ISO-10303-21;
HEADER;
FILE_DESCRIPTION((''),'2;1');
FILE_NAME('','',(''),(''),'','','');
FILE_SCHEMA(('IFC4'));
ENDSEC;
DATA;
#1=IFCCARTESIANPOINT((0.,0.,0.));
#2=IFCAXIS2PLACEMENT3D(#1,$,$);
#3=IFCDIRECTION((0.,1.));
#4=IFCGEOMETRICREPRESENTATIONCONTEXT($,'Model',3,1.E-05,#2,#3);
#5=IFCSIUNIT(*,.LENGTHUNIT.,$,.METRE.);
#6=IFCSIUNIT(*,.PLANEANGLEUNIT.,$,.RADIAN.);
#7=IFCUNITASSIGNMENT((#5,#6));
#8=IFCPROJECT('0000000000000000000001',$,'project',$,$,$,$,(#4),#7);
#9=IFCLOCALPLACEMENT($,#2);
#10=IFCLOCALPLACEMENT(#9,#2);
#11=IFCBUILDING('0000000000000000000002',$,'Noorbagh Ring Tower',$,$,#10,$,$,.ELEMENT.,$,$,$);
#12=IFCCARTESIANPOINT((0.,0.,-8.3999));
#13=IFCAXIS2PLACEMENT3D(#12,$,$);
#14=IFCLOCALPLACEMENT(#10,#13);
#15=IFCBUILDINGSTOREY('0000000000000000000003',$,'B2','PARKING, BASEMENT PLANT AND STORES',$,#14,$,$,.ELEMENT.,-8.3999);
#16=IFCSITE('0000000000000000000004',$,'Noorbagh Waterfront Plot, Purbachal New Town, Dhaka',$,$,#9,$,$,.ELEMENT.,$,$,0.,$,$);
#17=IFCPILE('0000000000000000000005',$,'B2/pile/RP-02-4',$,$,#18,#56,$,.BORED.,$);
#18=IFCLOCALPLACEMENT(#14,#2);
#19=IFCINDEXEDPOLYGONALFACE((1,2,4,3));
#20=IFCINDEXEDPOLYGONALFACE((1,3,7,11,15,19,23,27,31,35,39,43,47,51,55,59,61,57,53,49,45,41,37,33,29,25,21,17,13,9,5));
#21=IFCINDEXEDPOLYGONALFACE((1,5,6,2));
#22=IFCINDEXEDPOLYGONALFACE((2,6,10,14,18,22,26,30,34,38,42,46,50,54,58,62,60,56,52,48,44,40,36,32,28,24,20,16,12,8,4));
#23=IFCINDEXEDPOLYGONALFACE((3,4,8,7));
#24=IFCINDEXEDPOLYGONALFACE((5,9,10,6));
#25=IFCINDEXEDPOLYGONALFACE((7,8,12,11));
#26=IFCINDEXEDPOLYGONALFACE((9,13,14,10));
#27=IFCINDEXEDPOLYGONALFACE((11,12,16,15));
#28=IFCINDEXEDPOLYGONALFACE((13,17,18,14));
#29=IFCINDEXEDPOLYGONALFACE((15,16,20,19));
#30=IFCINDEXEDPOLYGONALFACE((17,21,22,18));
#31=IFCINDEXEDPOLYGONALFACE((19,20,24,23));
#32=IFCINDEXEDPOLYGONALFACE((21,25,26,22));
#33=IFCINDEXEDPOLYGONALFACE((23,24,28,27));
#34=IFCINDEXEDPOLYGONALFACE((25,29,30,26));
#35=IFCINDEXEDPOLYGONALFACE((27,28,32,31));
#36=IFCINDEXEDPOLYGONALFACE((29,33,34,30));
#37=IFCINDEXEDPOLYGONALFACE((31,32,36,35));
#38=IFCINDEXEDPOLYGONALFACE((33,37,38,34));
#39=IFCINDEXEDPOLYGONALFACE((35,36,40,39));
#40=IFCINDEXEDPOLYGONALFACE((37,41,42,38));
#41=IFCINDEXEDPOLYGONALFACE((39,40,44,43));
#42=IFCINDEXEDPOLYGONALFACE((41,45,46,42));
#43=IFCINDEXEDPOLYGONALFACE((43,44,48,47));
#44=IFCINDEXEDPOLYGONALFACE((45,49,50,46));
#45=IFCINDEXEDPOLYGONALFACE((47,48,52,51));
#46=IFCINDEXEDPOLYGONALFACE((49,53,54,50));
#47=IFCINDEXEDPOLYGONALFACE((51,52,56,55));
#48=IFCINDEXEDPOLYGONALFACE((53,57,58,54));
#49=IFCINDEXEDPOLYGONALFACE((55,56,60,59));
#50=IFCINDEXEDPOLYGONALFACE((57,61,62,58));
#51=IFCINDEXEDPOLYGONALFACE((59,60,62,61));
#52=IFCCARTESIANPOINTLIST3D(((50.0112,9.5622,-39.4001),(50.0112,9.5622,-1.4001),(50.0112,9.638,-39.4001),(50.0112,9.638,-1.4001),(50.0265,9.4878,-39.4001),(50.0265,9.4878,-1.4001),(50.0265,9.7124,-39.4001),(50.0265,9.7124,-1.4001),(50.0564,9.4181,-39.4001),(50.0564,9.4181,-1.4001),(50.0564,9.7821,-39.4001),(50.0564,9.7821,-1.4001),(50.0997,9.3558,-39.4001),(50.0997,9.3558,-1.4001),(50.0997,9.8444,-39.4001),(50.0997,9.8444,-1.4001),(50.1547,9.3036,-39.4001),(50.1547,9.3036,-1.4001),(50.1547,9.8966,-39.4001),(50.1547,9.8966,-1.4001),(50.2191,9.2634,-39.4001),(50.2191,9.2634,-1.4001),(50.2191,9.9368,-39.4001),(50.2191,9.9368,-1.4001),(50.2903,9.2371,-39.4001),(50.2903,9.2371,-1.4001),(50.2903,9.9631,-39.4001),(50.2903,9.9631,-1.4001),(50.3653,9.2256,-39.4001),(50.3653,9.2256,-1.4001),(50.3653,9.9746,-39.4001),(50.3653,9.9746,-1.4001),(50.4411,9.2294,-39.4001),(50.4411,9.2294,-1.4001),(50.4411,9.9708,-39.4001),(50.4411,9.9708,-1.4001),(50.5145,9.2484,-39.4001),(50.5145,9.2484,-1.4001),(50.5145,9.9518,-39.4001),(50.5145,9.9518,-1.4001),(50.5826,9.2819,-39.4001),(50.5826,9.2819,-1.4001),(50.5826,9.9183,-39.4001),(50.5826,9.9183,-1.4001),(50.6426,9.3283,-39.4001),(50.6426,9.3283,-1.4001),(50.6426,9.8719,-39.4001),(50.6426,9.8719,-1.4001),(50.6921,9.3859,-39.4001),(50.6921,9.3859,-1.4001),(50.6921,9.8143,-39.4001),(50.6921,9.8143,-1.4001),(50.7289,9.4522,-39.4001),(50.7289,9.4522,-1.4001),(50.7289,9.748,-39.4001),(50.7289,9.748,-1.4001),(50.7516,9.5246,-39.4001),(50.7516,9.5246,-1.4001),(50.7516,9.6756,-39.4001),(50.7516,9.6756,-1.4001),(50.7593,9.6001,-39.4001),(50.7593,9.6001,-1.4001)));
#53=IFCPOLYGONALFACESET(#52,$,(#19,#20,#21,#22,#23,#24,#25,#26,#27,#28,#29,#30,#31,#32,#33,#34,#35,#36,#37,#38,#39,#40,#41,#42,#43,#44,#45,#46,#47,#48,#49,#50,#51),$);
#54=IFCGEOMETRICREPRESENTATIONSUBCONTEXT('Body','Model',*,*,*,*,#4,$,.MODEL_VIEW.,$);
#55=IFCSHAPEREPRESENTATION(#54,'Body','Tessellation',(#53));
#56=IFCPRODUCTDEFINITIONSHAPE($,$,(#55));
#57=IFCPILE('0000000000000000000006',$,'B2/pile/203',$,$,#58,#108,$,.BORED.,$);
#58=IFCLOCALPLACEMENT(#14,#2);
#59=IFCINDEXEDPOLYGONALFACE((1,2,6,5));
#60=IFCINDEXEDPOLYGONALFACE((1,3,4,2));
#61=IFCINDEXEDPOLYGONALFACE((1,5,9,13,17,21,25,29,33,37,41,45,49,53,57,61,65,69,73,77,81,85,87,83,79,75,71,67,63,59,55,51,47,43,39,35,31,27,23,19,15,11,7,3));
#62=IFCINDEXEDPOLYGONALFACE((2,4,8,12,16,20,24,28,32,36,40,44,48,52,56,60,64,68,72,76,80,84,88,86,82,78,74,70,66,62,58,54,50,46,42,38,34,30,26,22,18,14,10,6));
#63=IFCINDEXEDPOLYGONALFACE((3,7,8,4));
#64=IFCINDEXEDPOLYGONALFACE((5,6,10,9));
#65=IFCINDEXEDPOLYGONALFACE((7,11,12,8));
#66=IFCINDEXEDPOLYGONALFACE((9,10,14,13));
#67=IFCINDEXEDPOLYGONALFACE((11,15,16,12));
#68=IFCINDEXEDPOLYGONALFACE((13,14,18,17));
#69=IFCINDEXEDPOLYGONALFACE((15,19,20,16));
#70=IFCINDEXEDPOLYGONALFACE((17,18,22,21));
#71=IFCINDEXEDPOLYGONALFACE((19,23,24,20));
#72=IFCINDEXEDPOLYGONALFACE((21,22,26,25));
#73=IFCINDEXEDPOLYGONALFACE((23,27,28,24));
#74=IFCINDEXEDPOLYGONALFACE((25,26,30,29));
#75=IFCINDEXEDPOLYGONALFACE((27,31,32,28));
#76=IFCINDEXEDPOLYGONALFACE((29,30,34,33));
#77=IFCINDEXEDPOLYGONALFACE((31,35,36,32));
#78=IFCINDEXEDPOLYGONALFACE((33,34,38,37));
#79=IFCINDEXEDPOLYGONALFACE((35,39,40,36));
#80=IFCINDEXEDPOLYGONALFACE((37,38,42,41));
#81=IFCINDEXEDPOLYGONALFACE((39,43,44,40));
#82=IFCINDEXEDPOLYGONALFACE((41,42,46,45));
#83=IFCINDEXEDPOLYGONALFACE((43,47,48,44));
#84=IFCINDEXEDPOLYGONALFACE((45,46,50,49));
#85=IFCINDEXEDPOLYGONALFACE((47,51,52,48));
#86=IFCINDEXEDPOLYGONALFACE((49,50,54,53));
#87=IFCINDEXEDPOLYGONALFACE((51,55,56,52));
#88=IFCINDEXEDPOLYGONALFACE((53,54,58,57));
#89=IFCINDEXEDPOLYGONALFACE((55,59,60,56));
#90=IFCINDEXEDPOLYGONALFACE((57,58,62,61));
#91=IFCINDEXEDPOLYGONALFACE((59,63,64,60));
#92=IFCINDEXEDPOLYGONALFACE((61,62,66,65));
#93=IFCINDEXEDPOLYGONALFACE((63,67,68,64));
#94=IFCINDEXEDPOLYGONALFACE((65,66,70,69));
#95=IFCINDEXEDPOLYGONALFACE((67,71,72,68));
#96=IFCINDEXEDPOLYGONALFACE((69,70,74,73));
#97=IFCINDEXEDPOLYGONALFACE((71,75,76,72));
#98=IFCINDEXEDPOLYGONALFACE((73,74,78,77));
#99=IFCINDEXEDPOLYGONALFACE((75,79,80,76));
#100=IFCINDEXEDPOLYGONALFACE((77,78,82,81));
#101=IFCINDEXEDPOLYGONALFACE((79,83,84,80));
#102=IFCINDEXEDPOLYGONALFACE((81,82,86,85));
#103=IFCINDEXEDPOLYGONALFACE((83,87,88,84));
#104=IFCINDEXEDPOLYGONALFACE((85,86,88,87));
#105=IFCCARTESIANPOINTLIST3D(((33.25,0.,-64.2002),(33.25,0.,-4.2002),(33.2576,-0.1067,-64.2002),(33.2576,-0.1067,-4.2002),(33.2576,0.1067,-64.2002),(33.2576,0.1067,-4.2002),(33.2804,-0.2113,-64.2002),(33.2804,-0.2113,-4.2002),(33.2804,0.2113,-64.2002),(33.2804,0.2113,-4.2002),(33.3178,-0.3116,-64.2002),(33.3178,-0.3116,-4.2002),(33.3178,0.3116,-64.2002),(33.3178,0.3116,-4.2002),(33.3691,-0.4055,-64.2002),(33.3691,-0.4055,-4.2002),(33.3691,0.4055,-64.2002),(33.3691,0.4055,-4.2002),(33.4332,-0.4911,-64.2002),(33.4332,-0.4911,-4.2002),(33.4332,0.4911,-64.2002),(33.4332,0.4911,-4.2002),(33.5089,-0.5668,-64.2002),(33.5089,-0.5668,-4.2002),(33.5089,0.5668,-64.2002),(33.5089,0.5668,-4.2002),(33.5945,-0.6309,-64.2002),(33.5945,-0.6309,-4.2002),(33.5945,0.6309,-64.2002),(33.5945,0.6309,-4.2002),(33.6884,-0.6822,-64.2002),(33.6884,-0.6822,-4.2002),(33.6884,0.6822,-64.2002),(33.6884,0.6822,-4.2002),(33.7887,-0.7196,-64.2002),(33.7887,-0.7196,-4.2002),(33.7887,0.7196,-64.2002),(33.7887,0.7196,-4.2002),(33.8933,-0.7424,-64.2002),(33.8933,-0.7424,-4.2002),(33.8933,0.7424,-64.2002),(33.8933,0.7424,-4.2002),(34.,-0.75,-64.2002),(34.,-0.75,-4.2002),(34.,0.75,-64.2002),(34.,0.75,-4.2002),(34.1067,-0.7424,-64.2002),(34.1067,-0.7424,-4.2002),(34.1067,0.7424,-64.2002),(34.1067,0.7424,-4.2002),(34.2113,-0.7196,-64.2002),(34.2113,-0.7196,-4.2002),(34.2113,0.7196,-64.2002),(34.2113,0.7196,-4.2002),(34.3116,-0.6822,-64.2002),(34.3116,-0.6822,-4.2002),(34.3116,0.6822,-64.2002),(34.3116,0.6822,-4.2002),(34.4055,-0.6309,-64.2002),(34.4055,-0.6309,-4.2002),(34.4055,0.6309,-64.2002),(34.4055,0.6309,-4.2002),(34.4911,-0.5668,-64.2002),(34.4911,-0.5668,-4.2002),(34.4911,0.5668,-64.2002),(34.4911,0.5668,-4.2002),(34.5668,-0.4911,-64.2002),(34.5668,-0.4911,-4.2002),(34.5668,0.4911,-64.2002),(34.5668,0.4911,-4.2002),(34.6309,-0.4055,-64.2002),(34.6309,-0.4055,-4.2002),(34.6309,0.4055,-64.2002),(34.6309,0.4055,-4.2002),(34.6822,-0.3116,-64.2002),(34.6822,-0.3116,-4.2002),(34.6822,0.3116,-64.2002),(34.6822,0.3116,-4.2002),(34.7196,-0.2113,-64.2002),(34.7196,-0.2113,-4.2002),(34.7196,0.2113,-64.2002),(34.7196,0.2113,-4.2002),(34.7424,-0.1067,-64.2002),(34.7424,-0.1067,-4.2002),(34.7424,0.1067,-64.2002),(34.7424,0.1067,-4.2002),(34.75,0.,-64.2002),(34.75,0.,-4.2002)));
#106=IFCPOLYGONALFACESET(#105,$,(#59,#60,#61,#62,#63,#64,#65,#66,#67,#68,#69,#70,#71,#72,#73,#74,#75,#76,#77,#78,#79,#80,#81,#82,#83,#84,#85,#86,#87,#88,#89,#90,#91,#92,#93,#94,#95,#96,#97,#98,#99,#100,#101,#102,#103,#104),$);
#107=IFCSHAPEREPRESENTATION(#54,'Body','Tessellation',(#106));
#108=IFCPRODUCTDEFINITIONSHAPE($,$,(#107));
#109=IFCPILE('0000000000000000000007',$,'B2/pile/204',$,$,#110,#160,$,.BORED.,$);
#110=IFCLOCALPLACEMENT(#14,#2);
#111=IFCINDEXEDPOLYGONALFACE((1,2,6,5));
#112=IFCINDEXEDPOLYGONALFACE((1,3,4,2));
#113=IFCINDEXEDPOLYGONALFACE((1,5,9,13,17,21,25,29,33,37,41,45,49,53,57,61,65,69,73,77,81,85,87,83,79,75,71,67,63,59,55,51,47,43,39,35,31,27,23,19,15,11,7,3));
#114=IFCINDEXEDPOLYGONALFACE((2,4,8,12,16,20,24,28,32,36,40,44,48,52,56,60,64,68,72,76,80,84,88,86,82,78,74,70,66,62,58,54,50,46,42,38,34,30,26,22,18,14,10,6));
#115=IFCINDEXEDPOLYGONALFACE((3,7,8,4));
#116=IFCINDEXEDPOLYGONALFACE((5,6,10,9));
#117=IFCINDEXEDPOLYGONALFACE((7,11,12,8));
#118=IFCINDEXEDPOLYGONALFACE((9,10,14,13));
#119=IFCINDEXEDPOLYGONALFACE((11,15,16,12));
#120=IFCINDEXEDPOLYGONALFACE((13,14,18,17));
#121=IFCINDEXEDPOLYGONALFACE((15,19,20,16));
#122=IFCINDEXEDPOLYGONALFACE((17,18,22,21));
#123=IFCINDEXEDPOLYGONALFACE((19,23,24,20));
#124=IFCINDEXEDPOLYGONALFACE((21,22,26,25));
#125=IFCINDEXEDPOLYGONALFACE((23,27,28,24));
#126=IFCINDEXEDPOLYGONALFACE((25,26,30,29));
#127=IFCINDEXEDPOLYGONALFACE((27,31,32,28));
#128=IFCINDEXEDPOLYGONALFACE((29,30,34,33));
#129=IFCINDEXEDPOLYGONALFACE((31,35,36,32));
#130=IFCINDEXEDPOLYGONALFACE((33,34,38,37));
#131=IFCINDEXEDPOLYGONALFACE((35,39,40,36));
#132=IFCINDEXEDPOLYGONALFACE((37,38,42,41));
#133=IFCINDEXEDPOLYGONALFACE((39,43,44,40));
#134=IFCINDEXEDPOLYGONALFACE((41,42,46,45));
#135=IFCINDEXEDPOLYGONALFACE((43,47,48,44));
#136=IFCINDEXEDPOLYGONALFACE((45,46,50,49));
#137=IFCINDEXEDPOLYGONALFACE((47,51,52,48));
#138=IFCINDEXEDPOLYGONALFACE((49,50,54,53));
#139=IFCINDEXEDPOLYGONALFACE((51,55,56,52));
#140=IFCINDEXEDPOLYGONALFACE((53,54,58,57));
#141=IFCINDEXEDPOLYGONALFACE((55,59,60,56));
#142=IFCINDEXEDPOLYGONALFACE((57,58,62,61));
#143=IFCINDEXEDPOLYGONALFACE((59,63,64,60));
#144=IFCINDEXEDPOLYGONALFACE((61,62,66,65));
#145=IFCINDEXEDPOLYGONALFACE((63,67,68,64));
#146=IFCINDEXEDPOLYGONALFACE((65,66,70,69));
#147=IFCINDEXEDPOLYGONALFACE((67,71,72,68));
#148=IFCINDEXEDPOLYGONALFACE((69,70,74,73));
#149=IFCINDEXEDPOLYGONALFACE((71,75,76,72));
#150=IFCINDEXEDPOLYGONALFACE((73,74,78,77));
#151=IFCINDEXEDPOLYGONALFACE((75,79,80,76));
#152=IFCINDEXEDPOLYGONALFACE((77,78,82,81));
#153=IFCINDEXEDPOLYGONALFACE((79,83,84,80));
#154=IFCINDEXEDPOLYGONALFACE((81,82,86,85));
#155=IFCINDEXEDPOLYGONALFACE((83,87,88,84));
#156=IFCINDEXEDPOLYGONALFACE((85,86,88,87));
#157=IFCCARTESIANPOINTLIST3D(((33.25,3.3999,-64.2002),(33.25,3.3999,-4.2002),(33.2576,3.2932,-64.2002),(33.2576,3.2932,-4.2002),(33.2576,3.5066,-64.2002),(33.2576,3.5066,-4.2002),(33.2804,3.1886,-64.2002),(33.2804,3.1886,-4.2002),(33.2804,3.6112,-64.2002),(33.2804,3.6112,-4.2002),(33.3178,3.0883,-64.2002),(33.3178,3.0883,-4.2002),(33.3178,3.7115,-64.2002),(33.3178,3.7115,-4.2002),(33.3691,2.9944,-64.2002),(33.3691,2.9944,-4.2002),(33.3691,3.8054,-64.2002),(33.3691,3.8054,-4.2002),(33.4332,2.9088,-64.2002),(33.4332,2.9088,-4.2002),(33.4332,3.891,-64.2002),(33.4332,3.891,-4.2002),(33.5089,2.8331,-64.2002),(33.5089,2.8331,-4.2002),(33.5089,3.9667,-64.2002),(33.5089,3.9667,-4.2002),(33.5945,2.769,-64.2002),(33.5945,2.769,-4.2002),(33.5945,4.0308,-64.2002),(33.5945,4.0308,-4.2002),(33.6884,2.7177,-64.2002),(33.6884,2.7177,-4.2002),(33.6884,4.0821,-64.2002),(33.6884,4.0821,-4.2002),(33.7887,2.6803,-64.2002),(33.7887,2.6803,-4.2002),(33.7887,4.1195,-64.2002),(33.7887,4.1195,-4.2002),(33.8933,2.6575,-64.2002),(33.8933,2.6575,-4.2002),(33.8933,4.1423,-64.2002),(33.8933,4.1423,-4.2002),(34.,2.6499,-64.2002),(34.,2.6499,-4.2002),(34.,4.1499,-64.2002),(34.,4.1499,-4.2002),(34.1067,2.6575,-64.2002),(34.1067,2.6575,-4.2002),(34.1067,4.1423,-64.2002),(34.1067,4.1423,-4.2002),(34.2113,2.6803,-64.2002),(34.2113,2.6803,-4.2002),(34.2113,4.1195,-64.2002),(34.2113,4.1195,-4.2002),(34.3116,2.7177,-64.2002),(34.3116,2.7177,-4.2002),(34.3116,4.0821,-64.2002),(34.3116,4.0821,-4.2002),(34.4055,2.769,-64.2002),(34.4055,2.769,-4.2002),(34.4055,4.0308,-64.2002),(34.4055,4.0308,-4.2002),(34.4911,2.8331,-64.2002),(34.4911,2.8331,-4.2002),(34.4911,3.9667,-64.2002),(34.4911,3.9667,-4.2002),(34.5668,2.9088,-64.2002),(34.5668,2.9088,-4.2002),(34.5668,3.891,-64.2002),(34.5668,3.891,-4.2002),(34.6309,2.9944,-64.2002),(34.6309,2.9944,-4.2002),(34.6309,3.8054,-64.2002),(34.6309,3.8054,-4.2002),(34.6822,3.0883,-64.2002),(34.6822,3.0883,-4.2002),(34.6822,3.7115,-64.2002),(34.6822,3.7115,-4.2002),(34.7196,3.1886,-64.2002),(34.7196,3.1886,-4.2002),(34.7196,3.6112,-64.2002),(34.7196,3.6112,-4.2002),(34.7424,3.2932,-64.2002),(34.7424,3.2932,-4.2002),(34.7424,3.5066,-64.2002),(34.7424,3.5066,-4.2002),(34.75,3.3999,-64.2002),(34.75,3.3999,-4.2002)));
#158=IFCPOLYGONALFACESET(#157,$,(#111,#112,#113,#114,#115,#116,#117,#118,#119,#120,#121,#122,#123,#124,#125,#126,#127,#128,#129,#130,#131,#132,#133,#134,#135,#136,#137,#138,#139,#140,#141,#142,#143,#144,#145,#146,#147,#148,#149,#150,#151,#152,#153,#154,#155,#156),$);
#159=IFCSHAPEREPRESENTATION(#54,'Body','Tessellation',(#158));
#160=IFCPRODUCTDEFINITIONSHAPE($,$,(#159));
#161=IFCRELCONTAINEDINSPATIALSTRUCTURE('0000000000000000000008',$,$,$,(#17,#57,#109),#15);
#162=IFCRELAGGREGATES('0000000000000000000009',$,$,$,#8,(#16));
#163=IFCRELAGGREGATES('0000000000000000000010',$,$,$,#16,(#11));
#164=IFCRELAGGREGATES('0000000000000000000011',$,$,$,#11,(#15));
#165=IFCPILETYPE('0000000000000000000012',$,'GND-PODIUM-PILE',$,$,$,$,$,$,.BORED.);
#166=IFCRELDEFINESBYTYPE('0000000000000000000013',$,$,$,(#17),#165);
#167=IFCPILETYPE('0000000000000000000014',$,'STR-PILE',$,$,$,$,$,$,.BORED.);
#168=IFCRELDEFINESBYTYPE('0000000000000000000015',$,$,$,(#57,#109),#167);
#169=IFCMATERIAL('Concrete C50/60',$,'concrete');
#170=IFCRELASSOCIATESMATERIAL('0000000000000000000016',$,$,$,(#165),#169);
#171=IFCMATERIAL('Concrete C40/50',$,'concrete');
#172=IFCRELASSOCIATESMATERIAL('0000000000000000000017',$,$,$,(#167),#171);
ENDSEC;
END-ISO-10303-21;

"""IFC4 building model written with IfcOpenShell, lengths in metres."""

from ifc_helpers import new_model, si_unit, direction, frame, origin, origin_2d, place, context, subcontext, project, spatial, circle, extrude, material, material_profile, profile_set, type_object, element, save


model = new_model("IFC4")

# Units and contexts
model_context = context("Model", 3, precision=1e-05, world=origin(), true_north=direction((0.0, 1.0)))
body_context = subcontext(model_context, "Body", "Model", "MODEL_VIEW")
ifc_project = project(units=[si_unit("LENGTHUNIT", "METRE"), si_unit("PLANEANGLEUNIT", "RADIAN")], contexts=[model_context])

# Site, building, storey
site_placement = place(None, origin())
site = spatial("IfcSite", under=ifc_project, at=site_placement, Name="Noorbagh Waterfront Plot, Purbachal New Town, Dhaka", CompositionType="ELEMENT", RefElevation=0.0)
building_placement = place(site_placement, origin())
building = spatial("IfcBuilding", under=site, at=building_placement, Name="Noorbagh Ring Tower", CompositionType="ELEMENT")
storey_placement = place(building_placement, frame((0.0, 0.0, -8.3999)))
storey = spatial("IfcBuildingStorey", under=building, at=storey_placement, Name="B2", Description="PARKING, BASEMENT PLANT AND STORES", CompositionType="ELEMENT", Elevation=-8.3999)

# Piles
ifc_material_1 = material(Name="Concrete C50/60", Category="concrete")
ifc_material_profile_1 = material_profile(ifc_material_1, circle(Radius=0.375, at=origin_2d()), Name="PILE750")
ifc_profile_set_1 = profile_set([ifc_material_profile_1], Name="Concrete C50/60")
pile_type_1 = type_object("IfcPileType", Name="GND-PODIUM-PILE", PredefinedType="BORED", material=ifc_profile_set_1)
for number, where, z_axis, x_axis, name in (
    (1, (50.3843, 9.6001, -1.4001), (0.0, 0.0, -1.0), (1.0, 0.0, 0.0), "B2/pile/RP-02-4"),
):
    element("IfcPile", number, at=place(storey_placement, frame(where, z_axis=z_axis, x_axis=x_axis)), inside=storey, type_object=pile_type_1, Name=name, PredefinedType="BORED", context=body_context, shape_type="SweptSolid", body=[
        extrude(circle(Radius=0.375, at=origin_2d()), origin(), (0.0, 0.0, 1.0), 38.0),
    ])
ifc_material_2 = material(Name="Concrete C40/50", Category="concrete")
ifc_material_profile_2 = material_profile(ifc_material_2, circle(Radius=0.75, at=origin_2d()), Name="PILE1500")
ifc_profile_set_2 = profile_set([ifc_material_profile_2], Name="Concrete C40/50")
pile_type_2 = type_object("IfcPileType", Name="STR-PILE", PredefinedType="BORED", material=ifc_profile_set_2)
for number, where, z_axis, x_axis, name in (
    (2, (34.0, 0.0, -4.2002), (0.0, 0.0, -1.0), (1.0, 0.0, 0.0), "B2/pile/203"),
    (3, (34.0, 3.3999, -4.2002), (0.0, 0.0, -1.0), (1.0, 0.0, 0.0), "B2/pile/204"),
):
    element("IfcPile", number, at=place(storey_placement, frame(where, z_axis=z_axis, x_axis=x_axis)), inside=storey, type_object=pile_type_2, Name=name, PredefinedType="BORED", context=body_context, shape_type="SweptSolid", body=[
        extrude(circle(Radius=0.75, at=origin_2d()), origin(), (0.0, 0.0, 1.0), 60.0),
    ])

save(model, "model.ifc")
